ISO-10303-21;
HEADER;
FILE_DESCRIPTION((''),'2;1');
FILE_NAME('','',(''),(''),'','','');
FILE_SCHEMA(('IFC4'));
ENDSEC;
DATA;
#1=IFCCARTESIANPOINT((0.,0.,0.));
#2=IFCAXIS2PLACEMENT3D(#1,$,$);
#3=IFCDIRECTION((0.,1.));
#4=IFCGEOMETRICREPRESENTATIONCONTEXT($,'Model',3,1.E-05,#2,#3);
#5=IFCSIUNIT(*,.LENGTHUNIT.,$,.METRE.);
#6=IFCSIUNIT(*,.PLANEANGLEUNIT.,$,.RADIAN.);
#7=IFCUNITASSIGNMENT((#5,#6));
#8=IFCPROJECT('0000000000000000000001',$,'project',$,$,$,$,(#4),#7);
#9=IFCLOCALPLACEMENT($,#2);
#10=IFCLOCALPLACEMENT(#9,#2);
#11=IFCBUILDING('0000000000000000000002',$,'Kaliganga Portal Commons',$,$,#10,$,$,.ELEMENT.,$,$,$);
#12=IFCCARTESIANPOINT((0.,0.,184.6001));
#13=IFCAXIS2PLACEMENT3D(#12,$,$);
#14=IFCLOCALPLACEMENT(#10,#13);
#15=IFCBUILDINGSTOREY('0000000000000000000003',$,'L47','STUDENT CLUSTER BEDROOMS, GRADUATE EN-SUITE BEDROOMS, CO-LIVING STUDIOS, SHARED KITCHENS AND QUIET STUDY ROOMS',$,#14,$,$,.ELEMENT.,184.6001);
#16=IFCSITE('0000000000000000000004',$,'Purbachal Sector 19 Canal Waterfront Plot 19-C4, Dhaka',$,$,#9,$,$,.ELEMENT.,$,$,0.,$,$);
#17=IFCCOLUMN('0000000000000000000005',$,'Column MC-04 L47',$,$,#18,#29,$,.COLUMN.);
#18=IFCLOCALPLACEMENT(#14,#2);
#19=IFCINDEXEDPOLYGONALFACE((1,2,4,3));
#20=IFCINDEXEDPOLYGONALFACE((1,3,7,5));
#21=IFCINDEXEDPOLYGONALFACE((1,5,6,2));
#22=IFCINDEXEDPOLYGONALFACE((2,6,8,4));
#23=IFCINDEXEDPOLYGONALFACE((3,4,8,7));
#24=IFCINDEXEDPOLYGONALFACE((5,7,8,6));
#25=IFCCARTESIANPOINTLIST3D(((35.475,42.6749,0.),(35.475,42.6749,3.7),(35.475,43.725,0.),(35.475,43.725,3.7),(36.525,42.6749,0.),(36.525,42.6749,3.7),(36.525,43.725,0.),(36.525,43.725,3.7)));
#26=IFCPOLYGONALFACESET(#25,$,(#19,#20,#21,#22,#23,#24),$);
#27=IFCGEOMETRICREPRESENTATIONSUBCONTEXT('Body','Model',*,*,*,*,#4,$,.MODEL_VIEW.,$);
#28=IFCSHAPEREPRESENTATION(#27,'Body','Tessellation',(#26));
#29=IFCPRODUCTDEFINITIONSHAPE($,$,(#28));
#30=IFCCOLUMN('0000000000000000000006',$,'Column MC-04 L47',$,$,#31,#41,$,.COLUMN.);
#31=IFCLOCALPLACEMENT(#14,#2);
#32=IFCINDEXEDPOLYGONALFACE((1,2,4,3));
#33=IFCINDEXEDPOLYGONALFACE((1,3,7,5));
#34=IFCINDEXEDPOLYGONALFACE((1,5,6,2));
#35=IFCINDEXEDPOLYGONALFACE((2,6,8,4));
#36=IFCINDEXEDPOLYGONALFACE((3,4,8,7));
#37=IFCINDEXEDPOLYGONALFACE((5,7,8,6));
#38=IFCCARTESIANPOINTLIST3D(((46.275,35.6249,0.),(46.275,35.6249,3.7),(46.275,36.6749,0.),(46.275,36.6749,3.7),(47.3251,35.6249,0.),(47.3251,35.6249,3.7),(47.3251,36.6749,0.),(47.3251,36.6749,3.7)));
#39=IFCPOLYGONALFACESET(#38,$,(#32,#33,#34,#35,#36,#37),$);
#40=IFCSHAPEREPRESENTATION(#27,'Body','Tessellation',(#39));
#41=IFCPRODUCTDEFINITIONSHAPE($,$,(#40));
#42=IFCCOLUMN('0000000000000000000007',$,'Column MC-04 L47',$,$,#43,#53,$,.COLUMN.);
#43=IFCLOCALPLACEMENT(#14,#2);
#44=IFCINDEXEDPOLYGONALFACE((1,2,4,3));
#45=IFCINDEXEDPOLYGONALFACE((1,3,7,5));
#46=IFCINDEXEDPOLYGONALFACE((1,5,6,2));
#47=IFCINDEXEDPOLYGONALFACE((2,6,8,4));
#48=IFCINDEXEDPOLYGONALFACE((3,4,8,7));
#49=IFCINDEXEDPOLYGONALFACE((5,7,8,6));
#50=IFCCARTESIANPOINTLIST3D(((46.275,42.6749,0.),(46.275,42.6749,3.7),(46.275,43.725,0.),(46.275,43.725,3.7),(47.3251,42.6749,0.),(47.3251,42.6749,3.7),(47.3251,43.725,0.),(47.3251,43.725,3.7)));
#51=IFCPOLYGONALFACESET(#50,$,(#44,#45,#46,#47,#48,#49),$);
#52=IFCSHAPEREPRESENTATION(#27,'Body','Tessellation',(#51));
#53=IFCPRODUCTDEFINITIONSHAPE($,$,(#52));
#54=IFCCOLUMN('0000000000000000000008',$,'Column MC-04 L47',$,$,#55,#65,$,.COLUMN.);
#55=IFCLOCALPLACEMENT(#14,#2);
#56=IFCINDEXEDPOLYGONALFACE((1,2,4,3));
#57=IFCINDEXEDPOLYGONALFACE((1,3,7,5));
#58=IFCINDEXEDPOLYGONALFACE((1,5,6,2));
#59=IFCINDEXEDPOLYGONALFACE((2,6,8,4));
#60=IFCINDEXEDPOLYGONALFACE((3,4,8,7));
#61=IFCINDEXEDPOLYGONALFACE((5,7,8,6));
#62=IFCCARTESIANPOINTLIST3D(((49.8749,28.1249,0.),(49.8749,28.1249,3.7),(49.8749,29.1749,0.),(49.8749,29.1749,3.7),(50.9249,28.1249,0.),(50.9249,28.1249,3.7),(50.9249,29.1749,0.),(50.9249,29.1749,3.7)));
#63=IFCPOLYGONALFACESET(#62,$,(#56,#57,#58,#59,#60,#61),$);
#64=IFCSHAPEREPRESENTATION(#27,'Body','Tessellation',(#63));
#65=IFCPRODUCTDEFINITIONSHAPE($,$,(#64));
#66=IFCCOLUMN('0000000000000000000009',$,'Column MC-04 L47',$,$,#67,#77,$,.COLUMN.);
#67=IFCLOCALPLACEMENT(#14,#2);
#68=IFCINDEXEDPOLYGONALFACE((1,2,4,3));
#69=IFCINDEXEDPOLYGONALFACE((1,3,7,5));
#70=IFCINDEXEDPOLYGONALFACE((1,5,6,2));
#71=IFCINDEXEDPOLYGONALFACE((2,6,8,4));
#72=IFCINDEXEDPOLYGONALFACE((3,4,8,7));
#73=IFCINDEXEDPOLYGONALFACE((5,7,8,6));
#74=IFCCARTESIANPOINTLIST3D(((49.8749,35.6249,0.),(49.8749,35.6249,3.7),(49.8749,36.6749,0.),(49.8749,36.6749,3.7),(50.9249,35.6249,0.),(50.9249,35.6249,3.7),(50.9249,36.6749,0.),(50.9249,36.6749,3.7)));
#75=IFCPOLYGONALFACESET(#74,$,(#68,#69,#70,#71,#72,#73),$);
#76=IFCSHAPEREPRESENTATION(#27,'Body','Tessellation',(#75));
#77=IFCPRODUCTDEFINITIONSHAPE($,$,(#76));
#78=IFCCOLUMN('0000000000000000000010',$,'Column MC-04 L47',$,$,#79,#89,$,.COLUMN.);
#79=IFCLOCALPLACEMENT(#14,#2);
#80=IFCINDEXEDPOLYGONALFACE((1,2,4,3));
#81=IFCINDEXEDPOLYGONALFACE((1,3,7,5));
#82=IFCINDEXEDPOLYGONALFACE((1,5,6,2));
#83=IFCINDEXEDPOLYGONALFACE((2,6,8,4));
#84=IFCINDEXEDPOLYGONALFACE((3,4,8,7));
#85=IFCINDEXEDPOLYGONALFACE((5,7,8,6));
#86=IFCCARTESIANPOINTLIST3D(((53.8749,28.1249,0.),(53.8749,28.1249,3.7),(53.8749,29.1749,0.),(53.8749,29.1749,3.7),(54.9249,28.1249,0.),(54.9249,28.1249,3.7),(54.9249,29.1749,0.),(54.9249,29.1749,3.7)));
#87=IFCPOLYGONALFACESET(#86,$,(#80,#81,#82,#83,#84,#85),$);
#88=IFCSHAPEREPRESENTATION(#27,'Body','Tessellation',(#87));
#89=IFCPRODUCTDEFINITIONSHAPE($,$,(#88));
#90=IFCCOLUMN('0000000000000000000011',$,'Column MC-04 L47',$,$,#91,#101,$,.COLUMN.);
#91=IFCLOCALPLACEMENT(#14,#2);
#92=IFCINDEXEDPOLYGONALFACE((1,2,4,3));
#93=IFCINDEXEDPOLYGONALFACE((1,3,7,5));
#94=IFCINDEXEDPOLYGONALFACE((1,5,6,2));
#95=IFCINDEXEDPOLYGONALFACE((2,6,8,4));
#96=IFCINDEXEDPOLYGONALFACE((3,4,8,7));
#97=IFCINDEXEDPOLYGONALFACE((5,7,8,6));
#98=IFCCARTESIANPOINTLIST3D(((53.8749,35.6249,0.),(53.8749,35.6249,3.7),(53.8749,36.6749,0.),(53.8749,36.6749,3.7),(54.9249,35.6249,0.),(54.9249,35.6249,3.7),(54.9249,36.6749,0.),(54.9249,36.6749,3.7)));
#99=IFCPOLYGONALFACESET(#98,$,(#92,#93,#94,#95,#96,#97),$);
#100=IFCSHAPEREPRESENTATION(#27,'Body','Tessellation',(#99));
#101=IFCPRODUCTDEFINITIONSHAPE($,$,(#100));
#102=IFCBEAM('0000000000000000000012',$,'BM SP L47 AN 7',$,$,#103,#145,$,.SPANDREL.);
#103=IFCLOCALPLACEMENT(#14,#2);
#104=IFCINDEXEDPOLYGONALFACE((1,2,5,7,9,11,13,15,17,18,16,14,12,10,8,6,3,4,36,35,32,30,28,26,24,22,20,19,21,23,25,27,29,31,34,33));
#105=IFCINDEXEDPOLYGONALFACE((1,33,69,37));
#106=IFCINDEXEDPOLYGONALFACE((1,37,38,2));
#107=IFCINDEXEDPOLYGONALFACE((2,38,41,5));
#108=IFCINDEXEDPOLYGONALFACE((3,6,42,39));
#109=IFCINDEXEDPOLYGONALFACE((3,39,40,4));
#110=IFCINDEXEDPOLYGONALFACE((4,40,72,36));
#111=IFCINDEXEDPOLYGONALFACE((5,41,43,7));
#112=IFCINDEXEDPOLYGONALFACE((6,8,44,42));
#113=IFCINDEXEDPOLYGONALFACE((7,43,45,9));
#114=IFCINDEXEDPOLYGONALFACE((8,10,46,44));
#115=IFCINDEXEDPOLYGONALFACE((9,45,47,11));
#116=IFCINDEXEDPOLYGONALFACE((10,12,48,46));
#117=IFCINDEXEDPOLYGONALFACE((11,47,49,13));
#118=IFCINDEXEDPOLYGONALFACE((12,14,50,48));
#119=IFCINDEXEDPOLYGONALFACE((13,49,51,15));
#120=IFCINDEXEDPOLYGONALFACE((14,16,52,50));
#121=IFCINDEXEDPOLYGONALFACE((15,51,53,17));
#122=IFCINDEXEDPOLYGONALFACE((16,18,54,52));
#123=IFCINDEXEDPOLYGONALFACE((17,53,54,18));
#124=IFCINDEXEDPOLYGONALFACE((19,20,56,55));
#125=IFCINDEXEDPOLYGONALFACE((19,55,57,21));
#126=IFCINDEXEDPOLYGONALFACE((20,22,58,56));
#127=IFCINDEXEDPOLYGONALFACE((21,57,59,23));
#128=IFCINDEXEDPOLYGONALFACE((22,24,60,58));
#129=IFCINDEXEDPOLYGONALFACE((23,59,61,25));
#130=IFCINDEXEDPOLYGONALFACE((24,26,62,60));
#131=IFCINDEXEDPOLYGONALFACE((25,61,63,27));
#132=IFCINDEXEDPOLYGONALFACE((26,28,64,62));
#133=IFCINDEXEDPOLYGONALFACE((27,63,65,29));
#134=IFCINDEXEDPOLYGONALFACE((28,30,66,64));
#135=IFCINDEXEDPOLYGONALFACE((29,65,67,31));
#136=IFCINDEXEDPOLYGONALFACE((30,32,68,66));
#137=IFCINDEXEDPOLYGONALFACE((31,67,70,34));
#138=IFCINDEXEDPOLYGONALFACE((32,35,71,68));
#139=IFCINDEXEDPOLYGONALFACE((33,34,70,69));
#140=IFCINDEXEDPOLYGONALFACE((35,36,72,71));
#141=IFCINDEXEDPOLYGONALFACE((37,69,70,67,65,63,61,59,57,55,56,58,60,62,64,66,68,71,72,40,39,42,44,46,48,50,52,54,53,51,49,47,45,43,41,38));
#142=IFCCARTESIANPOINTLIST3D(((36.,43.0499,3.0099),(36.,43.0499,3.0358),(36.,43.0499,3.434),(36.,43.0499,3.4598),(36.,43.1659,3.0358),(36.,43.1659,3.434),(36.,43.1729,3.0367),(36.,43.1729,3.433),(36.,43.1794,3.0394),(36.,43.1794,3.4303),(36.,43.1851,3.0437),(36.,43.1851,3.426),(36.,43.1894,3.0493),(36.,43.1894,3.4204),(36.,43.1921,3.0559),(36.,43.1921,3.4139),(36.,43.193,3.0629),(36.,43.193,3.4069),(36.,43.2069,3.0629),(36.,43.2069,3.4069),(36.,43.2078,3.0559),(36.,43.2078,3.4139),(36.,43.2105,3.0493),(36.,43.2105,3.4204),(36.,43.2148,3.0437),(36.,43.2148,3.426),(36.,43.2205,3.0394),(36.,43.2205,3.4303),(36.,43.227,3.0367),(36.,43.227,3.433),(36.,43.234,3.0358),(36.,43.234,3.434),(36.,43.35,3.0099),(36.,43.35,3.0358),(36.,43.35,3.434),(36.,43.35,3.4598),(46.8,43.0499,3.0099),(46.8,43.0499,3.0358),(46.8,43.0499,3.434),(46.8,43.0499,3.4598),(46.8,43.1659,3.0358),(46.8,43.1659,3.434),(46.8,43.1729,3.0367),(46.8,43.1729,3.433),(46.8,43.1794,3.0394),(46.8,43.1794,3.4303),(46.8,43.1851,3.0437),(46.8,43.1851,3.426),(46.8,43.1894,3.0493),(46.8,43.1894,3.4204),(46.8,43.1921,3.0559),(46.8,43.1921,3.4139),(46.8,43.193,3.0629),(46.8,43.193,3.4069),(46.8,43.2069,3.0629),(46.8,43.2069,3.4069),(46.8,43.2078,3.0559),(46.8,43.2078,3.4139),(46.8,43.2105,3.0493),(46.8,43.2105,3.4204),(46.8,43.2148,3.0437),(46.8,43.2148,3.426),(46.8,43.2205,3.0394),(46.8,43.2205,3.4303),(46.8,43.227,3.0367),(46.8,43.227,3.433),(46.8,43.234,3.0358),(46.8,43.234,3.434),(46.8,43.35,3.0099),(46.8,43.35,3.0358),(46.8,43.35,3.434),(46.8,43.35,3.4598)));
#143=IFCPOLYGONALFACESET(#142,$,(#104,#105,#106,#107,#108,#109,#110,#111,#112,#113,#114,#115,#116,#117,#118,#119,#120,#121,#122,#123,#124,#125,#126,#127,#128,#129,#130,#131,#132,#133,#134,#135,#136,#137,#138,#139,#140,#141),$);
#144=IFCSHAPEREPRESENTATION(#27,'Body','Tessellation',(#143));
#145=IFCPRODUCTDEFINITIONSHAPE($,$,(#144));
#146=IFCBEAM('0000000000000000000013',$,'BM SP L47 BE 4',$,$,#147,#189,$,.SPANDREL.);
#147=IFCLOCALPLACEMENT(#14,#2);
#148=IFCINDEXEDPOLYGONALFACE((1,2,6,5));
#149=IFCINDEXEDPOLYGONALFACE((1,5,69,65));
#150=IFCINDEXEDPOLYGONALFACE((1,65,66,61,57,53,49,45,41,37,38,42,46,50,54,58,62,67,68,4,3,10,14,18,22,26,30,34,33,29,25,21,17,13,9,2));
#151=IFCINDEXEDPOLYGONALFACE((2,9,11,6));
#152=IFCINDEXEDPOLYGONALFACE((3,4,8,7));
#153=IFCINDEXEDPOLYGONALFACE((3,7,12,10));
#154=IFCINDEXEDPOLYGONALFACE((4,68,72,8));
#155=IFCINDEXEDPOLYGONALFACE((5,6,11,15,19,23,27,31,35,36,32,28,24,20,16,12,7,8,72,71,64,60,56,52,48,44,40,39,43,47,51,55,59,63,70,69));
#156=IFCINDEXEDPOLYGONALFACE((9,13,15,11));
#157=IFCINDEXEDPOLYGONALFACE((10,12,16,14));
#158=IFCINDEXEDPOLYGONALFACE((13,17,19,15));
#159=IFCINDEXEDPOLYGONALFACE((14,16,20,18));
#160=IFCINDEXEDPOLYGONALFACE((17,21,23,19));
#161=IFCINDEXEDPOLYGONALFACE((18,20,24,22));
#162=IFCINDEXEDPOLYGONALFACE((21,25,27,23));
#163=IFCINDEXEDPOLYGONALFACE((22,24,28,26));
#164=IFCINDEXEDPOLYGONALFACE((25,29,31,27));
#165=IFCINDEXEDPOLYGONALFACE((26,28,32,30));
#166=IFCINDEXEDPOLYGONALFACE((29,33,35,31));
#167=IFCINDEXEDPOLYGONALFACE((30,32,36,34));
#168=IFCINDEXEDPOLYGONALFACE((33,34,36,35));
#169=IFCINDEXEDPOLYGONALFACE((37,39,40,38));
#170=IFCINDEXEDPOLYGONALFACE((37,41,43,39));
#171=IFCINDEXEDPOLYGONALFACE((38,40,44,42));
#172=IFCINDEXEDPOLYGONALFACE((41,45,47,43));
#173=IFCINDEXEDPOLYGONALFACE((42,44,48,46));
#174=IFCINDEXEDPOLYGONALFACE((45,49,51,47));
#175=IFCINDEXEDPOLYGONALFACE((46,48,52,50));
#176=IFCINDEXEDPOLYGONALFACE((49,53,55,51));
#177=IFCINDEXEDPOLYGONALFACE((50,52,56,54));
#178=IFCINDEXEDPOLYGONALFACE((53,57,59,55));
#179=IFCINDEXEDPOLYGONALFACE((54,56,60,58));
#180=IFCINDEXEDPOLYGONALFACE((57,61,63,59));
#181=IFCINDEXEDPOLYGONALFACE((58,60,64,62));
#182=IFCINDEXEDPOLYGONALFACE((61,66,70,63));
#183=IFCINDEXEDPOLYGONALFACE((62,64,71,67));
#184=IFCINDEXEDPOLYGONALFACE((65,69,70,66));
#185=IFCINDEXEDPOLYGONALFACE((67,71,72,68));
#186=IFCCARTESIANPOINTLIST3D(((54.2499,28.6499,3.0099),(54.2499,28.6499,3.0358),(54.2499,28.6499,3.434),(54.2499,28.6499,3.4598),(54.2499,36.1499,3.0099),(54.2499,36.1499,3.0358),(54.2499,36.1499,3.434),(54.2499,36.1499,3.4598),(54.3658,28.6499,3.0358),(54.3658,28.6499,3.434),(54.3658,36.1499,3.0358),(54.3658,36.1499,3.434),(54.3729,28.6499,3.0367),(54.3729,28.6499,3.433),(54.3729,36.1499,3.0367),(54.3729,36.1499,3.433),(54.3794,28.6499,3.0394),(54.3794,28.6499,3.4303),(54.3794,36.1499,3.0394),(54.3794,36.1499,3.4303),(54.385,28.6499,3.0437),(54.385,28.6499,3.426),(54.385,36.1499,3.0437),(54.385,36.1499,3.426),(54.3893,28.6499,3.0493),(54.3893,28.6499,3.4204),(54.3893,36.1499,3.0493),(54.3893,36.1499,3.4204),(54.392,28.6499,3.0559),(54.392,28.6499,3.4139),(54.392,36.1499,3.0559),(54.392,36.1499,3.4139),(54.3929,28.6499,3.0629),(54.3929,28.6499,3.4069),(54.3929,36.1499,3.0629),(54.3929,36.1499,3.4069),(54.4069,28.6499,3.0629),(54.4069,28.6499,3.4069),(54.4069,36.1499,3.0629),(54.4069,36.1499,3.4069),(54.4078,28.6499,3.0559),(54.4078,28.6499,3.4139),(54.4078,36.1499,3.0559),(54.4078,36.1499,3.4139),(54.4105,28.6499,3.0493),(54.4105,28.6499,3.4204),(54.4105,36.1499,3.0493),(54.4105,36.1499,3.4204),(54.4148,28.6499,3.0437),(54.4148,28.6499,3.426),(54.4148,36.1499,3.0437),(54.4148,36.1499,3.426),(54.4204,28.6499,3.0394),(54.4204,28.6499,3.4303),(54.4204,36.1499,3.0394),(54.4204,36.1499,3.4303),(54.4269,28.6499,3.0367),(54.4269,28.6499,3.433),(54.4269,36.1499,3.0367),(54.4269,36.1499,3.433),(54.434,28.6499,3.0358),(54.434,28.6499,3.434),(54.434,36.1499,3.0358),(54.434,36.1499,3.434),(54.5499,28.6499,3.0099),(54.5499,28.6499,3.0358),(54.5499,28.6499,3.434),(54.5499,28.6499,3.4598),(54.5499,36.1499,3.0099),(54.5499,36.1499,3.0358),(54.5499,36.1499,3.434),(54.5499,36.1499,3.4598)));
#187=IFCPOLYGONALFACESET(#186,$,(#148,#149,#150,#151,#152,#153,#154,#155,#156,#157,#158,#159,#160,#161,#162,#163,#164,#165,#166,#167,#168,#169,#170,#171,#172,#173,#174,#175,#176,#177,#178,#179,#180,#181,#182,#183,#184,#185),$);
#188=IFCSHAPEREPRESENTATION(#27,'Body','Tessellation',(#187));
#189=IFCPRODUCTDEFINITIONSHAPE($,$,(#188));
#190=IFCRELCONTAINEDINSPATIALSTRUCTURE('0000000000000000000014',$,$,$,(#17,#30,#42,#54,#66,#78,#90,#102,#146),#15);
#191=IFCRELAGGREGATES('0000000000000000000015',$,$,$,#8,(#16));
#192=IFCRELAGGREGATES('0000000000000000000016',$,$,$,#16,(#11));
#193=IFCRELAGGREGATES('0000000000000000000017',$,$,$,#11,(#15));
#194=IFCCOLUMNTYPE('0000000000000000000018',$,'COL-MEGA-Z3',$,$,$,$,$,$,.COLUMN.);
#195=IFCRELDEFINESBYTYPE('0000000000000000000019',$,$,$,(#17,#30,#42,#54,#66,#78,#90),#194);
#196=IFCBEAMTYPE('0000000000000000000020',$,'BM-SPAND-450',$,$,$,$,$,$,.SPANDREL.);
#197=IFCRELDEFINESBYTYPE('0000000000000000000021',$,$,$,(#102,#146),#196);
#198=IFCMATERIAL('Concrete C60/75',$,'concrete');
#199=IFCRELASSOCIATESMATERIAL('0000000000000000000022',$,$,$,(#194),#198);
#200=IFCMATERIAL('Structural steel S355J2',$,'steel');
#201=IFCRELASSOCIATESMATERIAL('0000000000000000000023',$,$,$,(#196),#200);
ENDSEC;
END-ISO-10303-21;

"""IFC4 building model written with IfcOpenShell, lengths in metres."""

from ifc_helpers import new_model, si_unit, direction, frame, origin, origin_2d, place, context, subcontext, project, spatial, rectangle, i_section, extrude, source, transform, mapped, material, material_profile, profile_set, type_object, element, save


model = new_model("IFC4")

# Units and contexts
model_context = context("Model", 3, precision=1e-05, world=origin(), true_north=direction((0.0, 1.0)))
body_context = subcontext(model_context, "Body", "Model", "MODEL_VIEW")
ifc_project = project(units=[si_unit("LENGTHUNIT", "METRE"), si_unit("PLANEANGLEUNIT", "RADIAN")], contexts=[model_context])

# Site, building, storey
site_placement = place(None, origin())
site = spatial("IfcSite", under=ifc_project, at=site_placement, Name="Purbachal Sector 19 Canal Waterfront Plot 19-C4, Dhaka", CompositionType="ELEMENT", RefElevation=0.0)
building_placement = place(site_placement, origin())
building = spatial("IfcBuilding", under=site, at=building_placement, Name="Kaliganga Portal Commons", CompositionType="ELEMENT")
storey_placement = place(building_placement, frame((0.0, 0.0, 184.6001)))
storey = spatial("IfcBuildingStorey", under=building, at=storey_placement, Name="L47", Description="STUDENT CLUSTER BEDROOMS, GRADUATE EN-SUITE BEDROOMS, CO-LIVING STUDIOS, SHARED KITCHENS AND QUIET STUDY ROOMS", CompositionType="ELEMENT", Elevation=184.6001)

# Columns
ifc_material_1 = material(Name="Concrete C60/75", Category="concrete")
ifc_material_profile_1 = material_profile(ifc_material_1, rectangle(XDim=1.05, YDim=1.05, at=origin_2d()), Name="RC 1050x1050")
ifc_profile_set_1 = profile_set([ifc_material_profile_1], Name="Concrete C60/75")
column_type = type_object("IfcColumnType", Name="COL-MEGA-Z3", PredefinedType="COLUMN", material=ifc_profile_set_1)
shared_shape_1 = source(origin(), body_context, "Body", "SweptSolid", [
    extrude(rectangle(XDim=1.05, YDim=1.05, at=origin_2d()), origin(), (0.0, 0.0, 1.0), 3.7),
])
for number, where, z_axis, x_axis, name in (
    (1, (36.0, 43.2, 0.0), (0.0, 0.0, 1.0), (1.0, 0.0, 0.0), "Column MC-04 L47"),
    (2, (46.8, 36.1499, 0.0), (0.0, 0.0, 1.0), (1.0, 0.0, 0.0), "Column MC-04 L47"),
    (3, (46.8, 43.2, 0.0), (0.0, 0.0, 1.0), (1.0, 0.0, 0.0), "Column MC-04 L47"),
    (4, (50.3999, 28.6499, 0.0), (0.0, 0.0, 1.0), (1.0, 0.0, 0.0), "Column MC-04 L47"),
    (5, (50.3999, 36.1499, 0.0), (0.0, 0.0, 1.0), (1.0, 0.0, 0.0), "Column MC-04 L47"),
    (6, (54.3999, 28.6499, 0.0), (0.0, 0.0, 1.0), (1.0, 0.0, 0.0), "Column MC-04 L47"),
    (7, (54.3999, 36.1499, 0.0), (0.0, 0.0, 1.0), (1.0, 0.0, 0.0), "Column MC-04 L47"),
):
    element("IfcColumn", number, at=place(storey_placement, frame(where, z_axis=z_axis, x_axis=x_axis)), inside=storey, type_object=column_type, Name=name, PredefinedType="COLUMN", context=body_context, shape_type="MappedRepresentation", body=[
        mapped(shared_shape_1, transform((0.0, 0.0, 0.0), x_axis=(1.0, 0.0, 0.0), y_axis=(0.0, 1.0, 0.0), z_axis=(0.0, 0.0, 1.0), scale=1.0)),
    ])

# Beams
ifc_material_2 = material(Name="Structural steel S355J2", Category="steel")
ifc_material_profile_2 = material_profile(ifc_material_2, i_section(OverallWidth=0.3, OverallDepth=0.45, WebThickness=0.0139, FlangeThickness=0.0259, FilletRadius=0.0271, at=origin_2d()), Name="HE 450 B")
ifc_profile_set_2 = profile_set([ifc_material_profile_2], Name="Structural steel S355J2 wide-flange")
beam_type_1 = type_object("IfcBeamType", Name="BM-SPAND-450", PredefinedType="SPANDREL", material=ifc_profile_set_2)
shared_shape_2 = source(origin(), body_context, "Body", "SweptSolid", [
    extrude(i_section(OverallWidth=0.3, OverallDepth=0.45, WebThickness=0.0139, FlangeThickness=0.0259, FilletRadius=0.0271, at=origin_2d()), origin(), (0.0, 0.0, 1.0), 10.8),
])
beam_1_placement = place(storey_placement, frame((36.0, 43.2, 3.2349), z_axis=(1.0, 0.0, 0.0), x_axis=(0.0, 1.0, 0.0)))
element("IfcBeam", 8, at=beam_1_placement, inside=storey, type_object=beam_type_1, Name="BM SP L47 AN 7", PredefinedType="SPANDREL", context=body_context, shape_type="MappedRepresentation", body=[
    mapped(shared_shape_2, transform((0.0, 0.0, 0.0), x_axis=(1.0, 0.0, 0.0), y_axis=(0.0, 1.0, 0.0), z_axis=(0.0, 0.0, 1.0), scale=1.0)),
])
shared_shape_3 = source(origin(), body_context, "Body", "SweptSolid", [
    extrude(i_section(OverallWidth=0.3, OverallDepth=0.45, WebThickness=0.0139, FlangeThickness=0.0259, FilletRadius=0.0271, at=origin_2d()), origin(), (0.0, 0.0, 1.0), 7.5),
])
beam_2_placement = place(storey_placement, frame((54.3999, 28.6499, 3.2349), z_axis=(0.0, 1.0, 0.0), x_axis=(-1.0, 0.0, 0.0)))
element("IfcBeam", 9, at=beam_2_placement, inside=storey, type_object=beam_type_1, Name="BM SP L47 BE 4", PredefinedType="SPANDREL", context=body_context, shape_type="MappedRepresentation", body=[
    mapped(shared_shape_3, transform((0.0, 0.0, 0.0), x_axis=(1.0, 0.0, 0.0), y_axis=(0.0, 1.0, 0.0), z_axis=(0.0, 0.0, 1.0), scale=1.0)),
])

save(model, "model.ifc")
